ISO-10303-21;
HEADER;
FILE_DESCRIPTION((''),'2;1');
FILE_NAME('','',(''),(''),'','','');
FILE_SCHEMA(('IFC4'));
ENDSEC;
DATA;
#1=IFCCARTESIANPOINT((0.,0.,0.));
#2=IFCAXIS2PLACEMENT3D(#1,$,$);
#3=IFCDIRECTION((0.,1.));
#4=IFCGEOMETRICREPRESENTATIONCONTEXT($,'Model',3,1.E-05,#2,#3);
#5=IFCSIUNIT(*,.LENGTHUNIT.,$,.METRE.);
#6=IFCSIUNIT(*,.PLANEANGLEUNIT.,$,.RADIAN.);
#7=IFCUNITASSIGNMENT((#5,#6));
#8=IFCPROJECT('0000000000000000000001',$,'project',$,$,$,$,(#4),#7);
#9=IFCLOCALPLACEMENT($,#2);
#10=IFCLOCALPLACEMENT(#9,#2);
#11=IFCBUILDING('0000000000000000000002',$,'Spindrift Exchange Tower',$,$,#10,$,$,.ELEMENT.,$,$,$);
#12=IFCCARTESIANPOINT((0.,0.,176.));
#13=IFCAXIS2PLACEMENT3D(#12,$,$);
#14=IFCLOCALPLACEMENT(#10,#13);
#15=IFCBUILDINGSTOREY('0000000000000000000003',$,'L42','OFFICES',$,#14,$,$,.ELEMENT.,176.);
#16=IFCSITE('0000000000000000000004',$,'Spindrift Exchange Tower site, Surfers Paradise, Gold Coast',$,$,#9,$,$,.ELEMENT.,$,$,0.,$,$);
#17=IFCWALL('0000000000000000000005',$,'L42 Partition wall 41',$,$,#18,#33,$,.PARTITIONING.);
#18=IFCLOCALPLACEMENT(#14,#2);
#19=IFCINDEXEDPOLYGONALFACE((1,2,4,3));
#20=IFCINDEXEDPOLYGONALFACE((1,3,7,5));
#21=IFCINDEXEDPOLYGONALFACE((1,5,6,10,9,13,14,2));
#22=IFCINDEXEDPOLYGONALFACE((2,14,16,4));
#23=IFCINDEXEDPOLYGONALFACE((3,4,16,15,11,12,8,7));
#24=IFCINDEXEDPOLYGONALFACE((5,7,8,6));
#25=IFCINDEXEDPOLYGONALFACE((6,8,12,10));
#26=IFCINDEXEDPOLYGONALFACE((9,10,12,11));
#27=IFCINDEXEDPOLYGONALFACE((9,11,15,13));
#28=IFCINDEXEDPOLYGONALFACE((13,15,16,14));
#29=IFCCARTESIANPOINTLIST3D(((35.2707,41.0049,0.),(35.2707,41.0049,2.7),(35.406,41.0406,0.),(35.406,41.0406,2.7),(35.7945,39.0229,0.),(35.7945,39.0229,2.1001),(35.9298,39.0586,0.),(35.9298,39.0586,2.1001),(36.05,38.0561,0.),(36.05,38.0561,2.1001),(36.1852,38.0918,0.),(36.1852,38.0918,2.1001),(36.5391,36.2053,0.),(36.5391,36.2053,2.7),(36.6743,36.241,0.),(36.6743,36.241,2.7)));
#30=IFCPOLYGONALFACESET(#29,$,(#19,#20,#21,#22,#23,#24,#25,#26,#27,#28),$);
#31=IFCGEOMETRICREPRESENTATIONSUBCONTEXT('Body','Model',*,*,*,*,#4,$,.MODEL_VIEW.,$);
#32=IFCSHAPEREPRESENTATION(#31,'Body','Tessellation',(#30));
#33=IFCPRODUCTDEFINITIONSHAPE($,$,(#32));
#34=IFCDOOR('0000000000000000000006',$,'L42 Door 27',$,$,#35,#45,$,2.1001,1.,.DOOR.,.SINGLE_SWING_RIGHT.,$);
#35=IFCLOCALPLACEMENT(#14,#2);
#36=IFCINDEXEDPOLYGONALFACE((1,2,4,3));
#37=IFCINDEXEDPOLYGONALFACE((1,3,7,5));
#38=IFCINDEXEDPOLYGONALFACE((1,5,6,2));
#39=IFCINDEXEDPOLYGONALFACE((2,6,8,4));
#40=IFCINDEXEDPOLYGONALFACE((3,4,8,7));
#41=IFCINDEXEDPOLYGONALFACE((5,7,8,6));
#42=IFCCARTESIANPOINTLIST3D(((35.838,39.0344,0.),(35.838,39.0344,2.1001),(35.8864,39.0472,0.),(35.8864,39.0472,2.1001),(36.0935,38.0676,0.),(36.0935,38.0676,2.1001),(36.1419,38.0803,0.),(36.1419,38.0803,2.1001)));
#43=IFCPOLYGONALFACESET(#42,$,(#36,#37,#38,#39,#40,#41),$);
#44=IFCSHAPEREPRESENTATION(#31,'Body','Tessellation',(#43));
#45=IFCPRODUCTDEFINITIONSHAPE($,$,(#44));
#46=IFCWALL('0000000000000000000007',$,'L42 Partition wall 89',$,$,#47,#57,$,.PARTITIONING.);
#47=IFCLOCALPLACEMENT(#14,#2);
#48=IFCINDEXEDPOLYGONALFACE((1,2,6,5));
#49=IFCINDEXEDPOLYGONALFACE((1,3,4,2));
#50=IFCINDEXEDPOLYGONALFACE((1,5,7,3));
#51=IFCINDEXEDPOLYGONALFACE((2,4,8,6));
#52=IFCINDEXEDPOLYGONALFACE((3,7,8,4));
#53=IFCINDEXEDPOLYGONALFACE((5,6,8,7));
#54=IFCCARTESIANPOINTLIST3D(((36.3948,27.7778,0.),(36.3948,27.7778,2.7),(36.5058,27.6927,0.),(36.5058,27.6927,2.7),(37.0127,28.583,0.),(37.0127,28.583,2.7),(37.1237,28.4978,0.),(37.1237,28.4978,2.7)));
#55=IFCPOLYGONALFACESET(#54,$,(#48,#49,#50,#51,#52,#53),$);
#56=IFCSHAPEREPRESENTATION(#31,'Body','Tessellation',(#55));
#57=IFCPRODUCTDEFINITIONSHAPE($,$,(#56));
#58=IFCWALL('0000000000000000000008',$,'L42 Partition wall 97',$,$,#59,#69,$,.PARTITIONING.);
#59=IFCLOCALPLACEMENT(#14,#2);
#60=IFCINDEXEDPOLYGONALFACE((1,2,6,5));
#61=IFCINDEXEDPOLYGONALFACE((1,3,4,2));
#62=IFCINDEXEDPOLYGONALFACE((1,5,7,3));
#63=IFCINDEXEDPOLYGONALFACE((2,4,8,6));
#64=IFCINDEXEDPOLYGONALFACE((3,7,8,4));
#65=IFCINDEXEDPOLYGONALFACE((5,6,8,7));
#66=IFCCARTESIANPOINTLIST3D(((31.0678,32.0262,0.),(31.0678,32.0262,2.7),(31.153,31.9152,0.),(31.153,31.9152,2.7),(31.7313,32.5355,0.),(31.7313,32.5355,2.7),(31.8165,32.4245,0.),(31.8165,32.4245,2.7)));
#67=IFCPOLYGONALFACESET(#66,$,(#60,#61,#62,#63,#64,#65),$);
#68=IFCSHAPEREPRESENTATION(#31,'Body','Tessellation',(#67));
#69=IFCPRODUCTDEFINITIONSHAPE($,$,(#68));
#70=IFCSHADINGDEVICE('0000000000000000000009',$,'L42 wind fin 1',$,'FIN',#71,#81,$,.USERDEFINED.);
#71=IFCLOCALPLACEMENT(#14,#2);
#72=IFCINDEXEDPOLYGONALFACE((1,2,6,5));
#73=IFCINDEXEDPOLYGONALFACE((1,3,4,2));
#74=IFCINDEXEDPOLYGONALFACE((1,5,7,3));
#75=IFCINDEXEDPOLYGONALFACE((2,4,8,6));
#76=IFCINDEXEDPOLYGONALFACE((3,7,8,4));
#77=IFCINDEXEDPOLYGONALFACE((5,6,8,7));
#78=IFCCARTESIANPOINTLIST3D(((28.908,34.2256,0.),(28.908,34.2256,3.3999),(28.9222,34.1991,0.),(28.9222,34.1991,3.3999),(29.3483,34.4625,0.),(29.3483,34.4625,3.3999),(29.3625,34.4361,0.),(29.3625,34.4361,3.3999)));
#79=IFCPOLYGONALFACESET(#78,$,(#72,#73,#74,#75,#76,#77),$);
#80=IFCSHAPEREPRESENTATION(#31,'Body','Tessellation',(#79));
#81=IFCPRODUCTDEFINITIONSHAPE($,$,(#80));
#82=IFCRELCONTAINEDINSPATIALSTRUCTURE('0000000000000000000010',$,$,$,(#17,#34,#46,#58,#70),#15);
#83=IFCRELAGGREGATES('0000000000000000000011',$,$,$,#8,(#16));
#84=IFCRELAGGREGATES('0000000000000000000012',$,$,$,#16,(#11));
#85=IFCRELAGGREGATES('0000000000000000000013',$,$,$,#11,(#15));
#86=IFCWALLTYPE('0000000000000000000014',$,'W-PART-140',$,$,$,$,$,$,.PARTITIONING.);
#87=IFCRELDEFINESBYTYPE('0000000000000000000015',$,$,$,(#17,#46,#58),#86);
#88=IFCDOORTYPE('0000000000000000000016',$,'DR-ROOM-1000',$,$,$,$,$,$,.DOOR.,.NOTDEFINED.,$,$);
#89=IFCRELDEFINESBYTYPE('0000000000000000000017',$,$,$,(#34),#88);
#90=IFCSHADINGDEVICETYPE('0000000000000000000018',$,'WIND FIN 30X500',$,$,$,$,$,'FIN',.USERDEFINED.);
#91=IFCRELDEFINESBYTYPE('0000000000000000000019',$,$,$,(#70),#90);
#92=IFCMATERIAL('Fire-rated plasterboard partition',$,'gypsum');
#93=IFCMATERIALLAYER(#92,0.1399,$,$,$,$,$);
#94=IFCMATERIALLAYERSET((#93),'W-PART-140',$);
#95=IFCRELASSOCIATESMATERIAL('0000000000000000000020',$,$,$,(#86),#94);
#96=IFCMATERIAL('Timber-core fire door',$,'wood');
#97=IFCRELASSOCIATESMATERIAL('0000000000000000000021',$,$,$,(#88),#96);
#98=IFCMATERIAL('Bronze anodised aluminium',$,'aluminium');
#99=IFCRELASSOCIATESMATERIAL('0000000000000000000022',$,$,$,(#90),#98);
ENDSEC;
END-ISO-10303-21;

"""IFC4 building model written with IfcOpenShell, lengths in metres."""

from ifc_helpers import new_model, si_unit, direction, frame, frame_2d, origin, origin_2d, place, context, subcontext, project, spatial, rectangle, extrude, source, transform, mapped, material, layer, layer_set, material_profile, profile_set, type_object, element, fill, save


model = new_model("IFC4")

# Units and contexts
model_context = context("Model", 3, precision=1e-05, world=origin(), true_north=direction((0.0, 1.0)))
body_context = subcontext(model_context, "Body", "Model", "MODEL_VIEW")
ifc_project = project(units=[si_unit("LENGTHUNIT", "METRE"), si_unit("PLANEANGLEUNIT", "RADIAN")], contexts=[model_context])

# Site, building, storey
site_placement = place(None, origin())
site = spatial("IfcSite", under=ifc_project, at=site_placement, Name="Spindrift Exchange Tower site, Surfers Paradise, Gold Coast", CompositionType="ELEMENT", RefElevation=0.0)
building_placement = place(site_placement, origin())
building = spatial("IfcBuilding", under=site, at=building_placement, Name="Spindrift Exchange Tower", CompositionType="ELEMENT")
storey_placement = place(building_placement, frame((0.0, 0.0, 176.0)))
storey = spatial("IfcBuildingStorey", under=building, at=storey_placement, Name="L42", Description="OFFICES", CompositionType="ELEMENT", Elevation=176.0)

# Shared definitions
ifc_material_1 = material(Name="Bronze anodised aluminium", Category="aluminium")

# Shared definitions
ifc_material_2 = material(Name="Fire-rated plasterboard partition", Category="gypsum")
ifc_layer_1 = layer(ifc_material_2, 0.1399)
ifc_layer_set_1 = layer_set([ifc_layer_1], Name="W-PART-140")
wall_type = type_object("IfcWallType", Name="W-PART-140", PredefinedType="PARTITIONING", material=ifc_layer_set_1)

# Wall, opening, door
wall_1_placement = place(storey_placement, frame((36.6067, 36.2231, 0.0), z_axis=(0.0, 0.0, 1.0), x_axis=(-0.255486, 0.966813, 0.0)))
wall_1 = element("IfcWall", 1, at=wall_1_placement, inside=storey, type_object=wall_type, Name="L42 Partition wall 41", PredefinedType="PARTITIONING", context=body_context, shape_type="SweptSolid", body=[
    extrude(rectangle(XDim=4.9644, YDim=0.1399, at=frame_2d((2.4822, 0.0))), origin(), (0.0, 0.0, 1.0), 2.7),
])
opening_placement = place(wall_1_placement, frame((1.9143, 0.0, 0.0)))
opening = element("IfcOpeningElement", 2, at=opening_placement, cuts=wall_1, PredefinedType="OPENING", context=body_context, shape_type="SweptSolid", body=[
    extrude(rectangle(XDim=1.0, YDim=2.1001, at=frame_2d((0.5, 1.05))), frame((0.0, 0.0798, 0.0), z_axis=(0.0, -1.0, 0.0), x_axis=(1.0, 0.0, 0.0)), (0.0, 0.0, 1.0), 0.1599),
])
ifc_material_3 = material(Name="Timber-core fire door", Category="wood")
door_type = type_object("IfcDoorType", Name="DR-ROOM-1000", OperationType="NOTDEFINED", PredefinedType="DOOR", material=ifc_material_3)
shared_shape_1 = source(origin(), body_context, "Body", "SweptSolid", [
    extrude(rectangle(XDim=1.0, YDim=2.1001, at=frame_2d((0.5, 1.05))), frame((0.0, 0.0249, 0.0), z_axis=(0.0, -1.0, 0.0), x_axis=(1.0, 0.0, 0.0)), (0.0, 0.0, 1.0), 0.05),
])
door_placement = place(opening_placement, origin())
door = element("IfcDoor", 3, at=door_placement, inside=storey, type_object=door_type, Name="L42 Door 27", OperationType="SINGLE_SWING_RIGHT", OverallHeight=2.1001, OverallWidth=1.0, PredefinedType="DOOR", context=body_context, shape_type="MappedRepresentation", body=[
    mapped(shared_shape_1, transform((0.0, 0.0, 0.0), scale=1.0)),
])
fill(opening, door)

# Walls
wall_2_placement = place(storey_placement, frame((37.0681, 28.5403, 0.0), z_axis=(0.0, 0.0, 1.0), x_axis=(-0.608815, -0.793312, 0.0)))
element("IfcWall", 4, at=wall_2_placement, inside=storey, type_object=wall_type, Name="L42 Partition wall 89", PredefinedType="PARTITIONING", context=body_context, shape_type="SweptSolid", body=[
    extrude(rectangle(XDim=1.0149, YDim=0.1399, at=frame_2d((0.5073, 0.0))), origin(), (0.0, 0.0, 1.0), 2.7),
])
wall_3_placement = place(storey_placement, frame((31.7739, 32.48, 0.0), z_axis=(0.0, 0.0, 1.0), x_axis=(-0.793296, -0.608836, 0.0)))
element("IfcWall", 5, at=wall_3_placement, inside=storey, type_object=wall_type, Name="L42 Partition wall 97", PredefinedType="PARTITIONING", context=body_context, shape_type="SweptSolid", body=[
    extrude(rectangle(XDim=0.8364, YDim=0.1399, at=frame_2d((0.4182, 0.0))), origin(), (0.0, 0.0, 1.0), 2.7),
])

# Shading device
ifc_material_profile_1 = material_profile(ifc_material_1, rectangle(XDim=0.03, YDim=0.5, at=origin_2d()), Name="WIND FIN 30X500")
ifc_profile_set_1 = profile_set([ifc_material_profile_1], Name="Bronze anodised aluminium")
shading_device_type = type_object("IfcShadingDeviceType", Name="WIND FIN 30X500", ElementType="FIN", PredefinedType="USERDEFINED", material=ifc_profile_set_1)
shared_shape_2 = source(origin(), body_context, "Body", "SweptSolid", [
    extrude(rectangle(XDim=0.03, YDim=0.5, at=origin_2d()), origin(), (0.0, 0.0, 1.0), 3.3999),
])
shading_device_placement = place(storey_placement, frame((29.1353, 34.3308, 0.0), z_axis=(0.0, 0.0, 1.0), x_axis=(0.473924, -0.880566, 0.0)))
element("IfcShadingDevice", 6, at=shading_device_placement, inside=storey, type_object=shading_device_type, Name="L42 wind fin 1", ObjectType="FIN", PredefinedType="USERDEFINED", context=body_context, shape_type="MappedRepresentation", body=[
    mapped(shared_shape_2, transform((0.0, 0.0, 0.0), scale=1.0)),
])

save(model, "model.ifc")
